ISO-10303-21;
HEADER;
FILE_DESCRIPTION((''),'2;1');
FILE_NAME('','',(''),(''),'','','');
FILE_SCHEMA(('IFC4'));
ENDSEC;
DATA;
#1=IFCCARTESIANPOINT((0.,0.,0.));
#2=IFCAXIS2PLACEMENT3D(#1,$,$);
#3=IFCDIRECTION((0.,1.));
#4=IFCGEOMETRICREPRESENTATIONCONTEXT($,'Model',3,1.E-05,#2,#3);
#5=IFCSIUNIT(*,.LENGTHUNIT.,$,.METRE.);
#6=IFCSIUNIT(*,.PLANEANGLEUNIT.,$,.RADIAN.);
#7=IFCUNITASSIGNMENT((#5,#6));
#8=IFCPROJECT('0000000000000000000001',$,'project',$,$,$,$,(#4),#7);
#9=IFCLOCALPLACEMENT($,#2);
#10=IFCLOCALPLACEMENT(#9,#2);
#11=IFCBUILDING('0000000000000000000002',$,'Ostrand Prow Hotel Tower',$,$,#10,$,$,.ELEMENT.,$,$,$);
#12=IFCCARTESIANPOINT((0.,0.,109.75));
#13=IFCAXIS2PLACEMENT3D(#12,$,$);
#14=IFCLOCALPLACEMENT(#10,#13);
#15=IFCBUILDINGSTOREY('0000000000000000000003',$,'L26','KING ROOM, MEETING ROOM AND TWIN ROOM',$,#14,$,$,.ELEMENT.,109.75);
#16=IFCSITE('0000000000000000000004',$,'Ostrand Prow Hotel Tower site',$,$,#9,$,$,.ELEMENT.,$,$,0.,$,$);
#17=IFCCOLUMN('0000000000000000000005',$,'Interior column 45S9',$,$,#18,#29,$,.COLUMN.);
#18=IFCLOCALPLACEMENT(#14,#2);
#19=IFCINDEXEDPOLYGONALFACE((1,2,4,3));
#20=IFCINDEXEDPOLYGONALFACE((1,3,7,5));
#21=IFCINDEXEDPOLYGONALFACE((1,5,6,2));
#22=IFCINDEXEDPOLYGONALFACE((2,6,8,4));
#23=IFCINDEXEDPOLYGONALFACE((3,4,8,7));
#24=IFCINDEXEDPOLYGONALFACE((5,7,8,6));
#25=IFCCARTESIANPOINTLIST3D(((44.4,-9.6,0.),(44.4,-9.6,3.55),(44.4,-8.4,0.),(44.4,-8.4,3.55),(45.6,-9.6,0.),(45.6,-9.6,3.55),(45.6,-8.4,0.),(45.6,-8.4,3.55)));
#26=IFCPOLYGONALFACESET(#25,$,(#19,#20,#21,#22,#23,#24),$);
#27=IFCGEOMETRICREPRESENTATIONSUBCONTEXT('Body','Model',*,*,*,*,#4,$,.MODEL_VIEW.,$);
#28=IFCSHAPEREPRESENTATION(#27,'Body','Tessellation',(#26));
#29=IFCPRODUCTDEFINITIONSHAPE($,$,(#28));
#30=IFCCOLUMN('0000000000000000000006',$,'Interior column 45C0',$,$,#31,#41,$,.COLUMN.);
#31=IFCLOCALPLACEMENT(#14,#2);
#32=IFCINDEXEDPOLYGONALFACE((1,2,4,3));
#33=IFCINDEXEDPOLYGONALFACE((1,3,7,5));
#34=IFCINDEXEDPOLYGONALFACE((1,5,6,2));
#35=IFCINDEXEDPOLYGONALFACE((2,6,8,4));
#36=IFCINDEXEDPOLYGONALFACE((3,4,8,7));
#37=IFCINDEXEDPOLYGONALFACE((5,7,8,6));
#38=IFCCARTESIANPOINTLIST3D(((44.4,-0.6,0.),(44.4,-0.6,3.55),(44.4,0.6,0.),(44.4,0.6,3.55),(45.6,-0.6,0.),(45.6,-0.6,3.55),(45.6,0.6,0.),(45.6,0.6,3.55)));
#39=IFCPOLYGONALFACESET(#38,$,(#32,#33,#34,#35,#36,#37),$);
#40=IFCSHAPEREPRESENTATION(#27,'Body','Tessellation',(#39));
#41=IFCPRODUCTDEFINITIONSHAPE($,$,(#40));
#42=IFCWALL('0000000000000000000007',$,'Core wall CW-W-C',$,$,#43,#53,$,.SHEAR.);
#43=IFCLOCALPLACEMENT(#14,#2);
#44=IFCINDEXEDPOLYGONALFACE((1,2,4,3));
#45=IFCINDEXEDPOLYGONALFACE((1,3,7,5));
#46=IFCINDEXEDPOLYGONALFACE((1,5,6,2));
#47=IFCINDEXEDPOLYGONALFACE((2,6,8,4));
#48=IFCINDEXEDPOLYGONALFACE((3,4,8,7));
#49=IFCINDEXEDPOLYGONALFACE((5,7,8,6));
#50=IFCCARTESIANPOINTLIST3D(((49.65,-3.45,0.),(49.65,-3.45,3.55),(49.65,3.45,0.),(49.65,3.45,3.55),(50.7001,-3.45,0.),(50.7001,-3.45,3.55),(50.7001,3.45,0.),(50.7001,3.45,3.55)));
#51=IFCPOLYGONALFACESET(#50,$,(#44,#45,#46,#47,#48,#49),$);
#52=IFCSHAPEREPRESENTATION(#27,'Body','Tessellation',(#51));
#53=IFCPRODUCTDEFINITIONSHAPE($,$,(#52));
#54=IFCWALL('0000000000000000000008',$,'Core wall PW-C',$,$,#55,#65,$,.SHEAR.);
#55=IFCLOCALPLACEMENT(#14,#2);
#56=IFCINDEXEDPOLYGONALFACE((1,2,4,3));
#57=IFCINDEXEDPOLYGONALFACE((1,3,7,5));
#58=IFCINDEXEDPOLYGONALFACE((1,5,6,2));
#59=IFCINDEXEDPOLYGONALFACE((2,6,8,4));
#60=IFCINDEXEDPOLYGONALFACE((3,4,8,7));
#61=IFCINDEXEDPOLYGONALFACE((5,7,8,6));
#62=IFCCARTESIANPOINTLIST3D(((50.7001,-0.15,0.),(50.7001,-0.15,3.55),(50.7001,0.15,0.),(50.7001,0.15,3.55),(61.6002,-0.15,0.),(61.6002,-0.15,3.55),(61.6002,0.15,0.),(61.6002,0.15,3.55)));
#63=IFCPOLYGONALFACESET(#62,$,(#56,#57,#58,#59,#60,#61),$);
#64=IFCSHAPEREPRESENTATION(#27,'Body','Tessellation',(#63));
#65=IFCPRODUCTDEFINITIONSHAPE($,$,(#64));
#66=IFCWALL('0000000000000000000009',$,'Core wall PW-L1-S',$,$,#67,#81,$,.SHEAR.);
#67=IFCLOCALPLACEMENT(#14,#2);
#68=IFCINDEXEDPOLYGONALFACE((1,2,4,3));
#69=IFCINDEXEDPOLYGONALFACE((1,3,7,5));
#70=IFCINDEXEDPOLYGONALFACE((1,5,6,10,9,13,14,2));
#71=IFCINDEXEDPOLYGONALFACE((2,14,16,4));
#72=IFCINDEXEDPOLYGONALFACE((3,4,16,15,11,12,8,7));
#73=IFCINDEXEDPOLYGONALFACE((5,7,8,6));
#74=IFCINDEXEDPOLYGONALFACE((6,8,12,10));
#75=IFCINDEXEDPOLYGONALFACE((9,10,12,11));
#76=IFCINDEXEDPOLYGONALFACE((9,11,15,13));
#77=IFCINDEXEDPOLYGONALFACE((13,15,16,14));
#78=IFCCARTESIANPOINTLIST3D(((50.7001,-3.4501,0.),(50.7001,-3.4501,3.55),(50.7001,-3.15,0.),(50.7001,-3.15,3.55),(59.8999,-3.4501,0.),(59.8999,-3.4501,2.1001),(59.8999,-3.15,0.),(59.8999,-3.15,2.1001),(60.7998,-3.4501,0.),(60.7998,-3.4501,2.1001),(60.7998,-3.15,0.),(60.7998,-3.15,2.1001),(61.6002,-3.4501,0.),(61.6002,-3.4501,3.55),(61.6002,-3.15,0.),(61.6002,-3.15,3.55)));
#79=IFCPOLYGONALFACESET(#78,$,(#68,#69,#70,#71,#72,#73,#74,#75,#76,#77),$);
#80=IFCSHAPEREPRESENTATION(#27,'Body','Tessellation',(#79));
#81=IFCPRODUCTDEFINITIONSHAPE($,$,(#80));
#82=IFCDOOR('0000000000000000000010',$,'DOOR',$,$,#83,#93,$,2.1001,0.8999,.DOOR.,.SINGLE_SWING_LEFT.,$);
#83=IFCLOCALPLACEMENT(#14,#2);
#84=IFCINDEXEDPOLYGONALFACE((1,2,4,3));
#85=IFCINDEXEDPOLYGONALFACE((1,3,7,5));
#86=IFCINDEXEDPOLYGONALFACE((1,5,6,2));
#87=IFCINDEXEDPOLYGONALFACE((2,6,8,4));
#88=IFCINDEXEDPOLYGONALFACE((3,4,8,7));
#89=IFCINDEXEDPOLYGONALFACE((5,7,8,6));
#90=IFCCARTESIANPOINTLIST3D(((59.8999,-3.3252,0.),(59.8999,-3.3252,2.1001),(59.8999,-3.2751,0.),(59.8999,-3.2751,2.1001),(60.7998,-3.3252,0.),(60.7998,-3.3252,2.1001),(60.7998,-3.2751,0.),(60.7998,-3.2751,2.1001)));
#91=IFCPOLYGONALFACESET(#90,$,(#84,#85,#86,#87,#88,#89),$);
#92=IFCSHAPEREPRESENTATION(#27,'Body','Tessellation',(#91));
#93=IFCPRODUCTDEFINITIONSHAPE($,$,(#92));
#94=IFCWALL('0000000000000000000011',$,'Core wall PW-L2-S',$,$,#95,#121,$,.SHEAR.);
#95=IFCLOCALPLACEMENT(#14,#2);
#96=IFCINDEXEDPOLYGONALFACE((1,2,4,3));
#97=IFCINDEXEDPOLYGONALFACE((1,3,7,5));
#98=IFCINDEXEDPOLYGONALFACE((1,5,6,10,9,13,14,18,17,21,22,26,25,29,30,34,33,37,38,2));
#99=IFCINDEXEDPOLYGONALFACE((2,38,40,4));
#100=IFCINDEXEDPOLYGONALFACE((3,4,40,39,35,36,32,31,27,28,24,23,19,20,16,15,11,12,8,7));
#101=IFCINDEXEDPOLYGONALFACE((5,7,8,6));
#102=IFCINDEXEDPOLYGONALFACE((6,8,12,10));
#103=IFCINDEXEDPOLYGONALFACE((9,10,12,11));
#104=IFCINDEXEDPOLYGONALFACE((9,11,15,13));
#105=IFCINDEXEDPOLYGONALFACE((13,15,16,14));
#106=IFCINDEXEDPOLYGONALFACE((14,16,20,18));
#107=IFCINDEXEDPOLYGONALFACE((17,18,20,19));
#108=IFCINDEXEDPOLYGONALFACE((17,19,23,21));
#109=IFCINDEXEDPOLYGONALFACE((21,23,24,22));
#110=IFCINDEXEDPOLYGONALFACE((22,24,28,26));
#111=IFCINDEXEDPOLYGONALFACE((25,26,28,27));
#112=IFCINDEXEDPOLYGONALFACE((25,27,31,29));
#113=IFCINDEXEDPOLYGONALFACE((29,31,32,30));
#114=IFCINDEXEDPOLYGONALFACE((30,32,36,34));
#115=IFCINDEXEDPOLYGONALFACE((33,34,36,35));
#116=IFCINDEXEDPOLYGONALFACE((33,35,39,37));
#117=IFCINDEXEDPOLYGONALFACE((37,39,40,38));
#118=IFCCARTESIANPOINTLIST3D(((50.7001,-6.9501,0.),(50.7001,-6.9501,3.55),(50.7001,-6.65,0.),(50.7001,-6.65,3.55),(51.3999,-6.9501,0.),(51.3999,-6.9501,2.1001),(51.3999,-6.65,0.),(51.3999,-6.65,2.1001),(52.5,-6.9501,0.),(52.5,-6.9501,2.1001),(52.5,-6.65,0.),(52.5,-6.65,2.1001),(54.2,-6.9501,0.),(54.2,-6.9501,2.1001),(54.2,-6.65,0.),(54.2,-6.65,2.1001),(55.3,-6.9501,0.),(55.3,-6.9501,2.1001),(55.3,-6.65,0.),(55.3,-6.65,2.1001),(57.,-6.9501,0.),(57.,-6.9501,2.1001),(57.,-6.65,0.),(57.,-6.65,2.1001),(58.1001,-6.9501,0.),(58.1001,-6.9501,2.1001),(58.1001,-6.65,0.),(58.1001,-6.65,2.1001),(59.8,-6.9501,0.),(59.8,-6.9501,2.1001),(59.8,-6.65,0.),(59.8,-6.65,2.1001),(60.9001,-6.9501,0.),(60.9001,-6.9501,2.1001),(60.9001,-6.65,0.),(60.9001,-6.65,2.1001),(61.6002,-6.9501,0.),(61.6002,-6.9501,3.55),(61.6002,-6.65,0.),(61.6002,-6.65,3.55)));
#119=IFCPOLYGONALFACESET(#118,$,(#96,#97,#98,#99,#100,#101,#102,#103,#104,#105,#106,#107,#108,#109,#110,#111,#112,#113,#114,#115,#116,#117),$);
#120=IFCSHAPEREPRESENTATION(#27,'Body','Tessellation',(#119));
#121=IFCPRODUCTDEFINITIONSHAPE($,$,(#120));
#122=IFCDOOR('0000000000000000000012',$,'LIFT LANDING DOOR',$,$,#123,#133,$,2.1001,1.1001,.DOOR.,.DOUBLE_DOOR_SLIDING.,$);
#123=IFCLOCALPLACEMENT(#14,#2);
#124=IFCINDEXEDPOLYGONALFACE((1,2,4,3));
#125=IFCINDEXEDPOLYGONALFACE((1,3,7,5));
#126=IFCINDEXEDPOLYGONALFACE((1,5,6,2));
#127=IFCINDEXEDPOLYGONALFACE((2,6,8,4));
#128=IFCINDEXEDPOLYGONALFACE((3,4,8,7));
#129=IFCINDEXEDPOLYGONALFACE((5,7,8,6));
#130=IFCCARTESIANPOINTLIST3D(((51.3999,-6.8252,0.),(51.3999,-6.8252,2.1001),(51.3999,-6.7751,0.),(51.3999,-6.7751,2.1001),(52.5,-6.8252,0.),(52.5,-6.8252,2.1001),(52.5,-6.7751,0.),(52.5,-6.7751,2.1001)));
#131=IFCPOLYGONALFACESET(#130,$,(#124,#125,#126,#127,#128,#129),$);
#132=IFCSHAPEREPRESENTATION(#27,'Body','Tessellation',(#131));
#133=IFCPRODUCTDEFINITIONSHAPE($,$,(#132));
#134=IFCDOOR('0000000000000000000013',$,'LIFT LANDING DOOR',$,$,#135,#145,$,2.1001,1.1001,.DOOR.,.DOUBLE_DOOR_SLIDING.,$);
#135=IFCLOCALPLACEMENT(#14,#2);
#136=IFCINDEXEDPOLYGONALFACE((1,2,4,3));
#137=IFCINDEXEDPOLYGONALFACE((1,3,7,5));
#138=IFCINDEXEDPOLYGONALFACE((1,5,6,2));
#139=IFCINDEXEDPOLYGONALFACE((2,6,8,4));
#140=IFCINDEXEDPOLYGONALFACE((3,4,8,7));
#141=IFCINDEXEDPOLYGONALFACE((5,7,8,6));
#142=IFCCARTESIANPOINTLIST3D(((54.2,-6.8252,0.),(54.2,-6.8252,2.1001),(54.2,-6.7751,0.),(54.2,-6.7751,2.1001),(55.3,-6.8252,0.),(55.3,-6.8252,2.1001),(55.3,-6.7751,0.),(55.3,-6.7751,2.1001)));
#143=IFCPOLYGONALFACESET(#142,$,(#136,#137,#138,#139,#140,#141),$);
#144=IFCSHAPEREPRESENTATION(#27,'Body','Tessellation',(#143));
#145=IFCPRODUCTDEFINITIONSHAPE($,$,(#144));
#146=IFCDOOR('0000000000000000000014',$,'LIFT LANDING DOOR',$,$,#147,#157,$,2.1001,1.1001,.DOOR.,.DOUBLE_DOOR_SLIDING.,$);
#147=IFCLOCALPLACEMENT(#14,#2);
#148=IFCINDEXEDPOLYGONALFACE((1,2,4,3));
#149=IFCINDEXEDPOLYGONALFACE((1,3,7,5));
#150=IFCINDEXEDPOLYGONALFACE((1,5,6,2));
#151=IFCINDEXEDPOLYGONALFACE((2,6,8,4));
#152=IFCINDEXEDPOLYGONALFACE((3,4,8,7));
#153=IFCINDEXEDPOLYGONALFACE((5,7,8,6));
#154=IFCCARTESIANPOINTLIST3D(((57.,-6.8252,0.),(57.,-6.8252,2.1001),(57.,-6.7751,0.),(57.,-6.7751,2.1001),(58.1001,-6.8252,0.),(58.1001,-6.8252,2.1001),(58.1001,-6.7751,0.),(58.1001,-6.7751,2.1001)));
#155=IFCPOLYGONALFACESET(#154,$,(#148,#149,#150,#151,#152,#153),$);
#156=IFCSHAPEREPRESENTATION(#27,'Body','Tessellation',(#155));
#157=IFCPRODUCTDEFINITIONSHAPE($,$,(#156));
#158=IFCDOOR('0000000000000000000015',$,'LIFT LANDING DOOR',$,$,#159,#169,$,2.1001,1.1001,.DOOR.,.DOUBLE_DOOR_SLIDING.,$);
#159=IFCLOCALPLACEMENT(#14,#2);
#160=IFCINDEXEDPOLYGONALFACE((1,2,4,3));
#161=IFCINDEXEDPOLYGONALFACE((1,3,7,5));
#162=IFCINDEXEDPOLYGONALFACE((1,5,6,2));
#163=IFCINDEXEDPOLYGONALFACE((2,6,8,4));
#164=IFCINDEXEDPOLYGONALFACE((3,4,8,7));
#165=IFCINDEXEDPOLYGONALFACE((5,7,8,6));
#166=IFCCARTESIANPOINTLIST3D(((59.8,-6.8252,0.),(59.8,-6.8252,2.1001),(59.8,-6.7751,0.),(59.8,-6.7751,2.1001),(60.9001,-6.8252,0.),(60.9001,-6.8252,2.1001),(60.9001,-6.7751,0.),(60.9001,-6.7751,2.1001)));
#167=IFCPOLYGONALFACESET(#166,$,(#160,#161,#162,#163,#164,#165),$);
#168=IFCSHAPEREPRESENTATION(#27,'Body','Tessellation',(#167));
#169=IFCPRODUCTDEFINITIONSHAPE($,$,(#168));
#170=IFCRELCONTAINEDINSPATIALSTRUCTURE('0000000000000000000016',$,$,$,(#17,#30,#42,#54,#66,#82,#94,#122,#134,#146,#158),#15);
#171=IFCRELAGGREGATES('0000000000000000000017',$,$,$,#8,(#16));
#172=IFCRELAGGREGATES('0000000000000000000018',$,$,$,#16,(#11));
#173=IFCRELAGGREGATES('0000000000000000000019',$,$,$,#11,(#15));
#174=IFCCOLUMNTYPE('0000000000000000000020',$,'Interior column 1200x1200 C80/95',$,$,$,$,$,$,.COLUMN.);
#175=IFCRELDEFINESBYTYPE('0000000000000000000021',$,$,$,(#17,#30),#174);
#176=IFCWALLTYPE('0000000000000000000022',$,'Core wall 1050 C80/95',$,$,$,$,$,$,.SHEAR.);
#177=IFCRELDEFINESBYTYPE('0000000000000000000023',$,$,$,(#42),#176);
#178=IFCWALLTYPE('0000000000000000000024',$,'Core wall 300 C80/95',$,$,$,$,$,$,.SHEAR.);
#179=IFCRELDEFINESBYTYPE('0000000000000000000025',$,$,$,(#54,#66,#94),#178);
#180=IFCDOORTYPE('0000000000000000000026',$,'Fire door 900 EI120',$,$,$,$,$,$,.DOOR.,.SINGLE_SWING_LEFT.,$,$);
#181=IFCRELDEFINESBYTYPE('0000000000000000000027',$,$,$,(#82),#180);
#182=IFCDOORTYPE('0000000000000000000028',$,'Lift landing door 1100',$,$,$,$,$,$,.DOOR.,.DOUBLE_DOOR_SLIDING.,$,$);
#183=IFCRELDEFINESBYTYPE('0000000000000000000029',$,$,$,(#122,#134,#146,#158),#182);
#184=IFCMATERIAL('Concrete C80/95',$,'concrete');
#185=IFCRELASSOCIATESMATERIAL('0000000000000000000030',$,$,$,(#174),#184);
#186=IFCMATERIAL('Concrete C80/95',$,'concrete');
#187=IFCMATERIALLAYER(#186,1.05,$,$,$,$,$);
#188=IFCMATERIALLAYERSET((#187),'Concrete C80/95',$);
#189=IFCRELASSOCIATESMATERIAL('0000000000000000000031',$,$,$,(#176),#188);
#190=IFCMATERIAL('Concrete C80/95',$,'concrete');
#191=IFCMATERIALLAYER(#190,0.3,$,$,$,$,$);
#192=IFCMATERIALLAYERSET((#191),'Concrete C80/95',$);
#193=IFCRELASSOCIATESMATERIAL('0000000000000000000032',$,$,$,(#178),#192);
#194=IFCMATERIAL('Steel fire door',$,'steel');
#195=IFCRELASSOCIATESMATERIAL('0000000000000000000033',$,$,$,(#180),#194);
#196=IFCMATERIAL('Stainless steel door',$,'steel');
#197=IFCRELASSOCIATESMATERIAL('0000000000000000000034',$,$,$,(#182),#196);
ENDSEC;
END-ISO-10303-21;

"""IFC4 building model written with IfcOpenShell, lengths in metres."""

from ifc_helpers import new_model, si_unit, direction, frame, frame_2d, origin, origin_2d, place, context, subcontext, project, spatial, rectangle, extrude, material, layer, layer_set, material_profile, profile_set, type_object, element, fill, save


model = new_model("IFC4")

# Units and contexts
model_context = context("Model", 3, precision=1e-05, world=origin(), true_north=direction((0.0, 1.0)))
body_context = subcontext(model_context, "Body", "Model", "MODEL_VIEW")
ifc_project = project(units=[si_unit("LENGTHUNIT", "METRE"), si_unit("PLANEANGLEUNIT", "RADIAN")], contexts=[model_context])

# Site, building, storey
site_placement = place(None, origin())
site = spatial("IfcSite", under=ifc_project, at=site_placement, Name="Ostrand Prow Hotel Tower site", CompositionType="ELEMENT", RefElevation=0.0)
building_placement = place(site_placement, origin())
building = spatial("IfcBuilding", under=site, at=building_placement, Name="Ostrand Prow Hotel Tower", CompositionType="ELEMENT")
storey_placement = place(building_placement, frame((0.0, 0.0, 109.75)))
storey = spatial("IfcBuildingStorey", under=building, at=storey_placement, Name="L26", Description="KING ROOM, MEETING ROOM AND TWIN ROOM", CompositionType="ELEMENT", Elevation=109.75)

# Columns
ifc_material_1 = material(Name="Concrete C80/95", Category="concrete")
ifc_material_profile = material_profile(ifc_material_1, rectangle(XDim=1.2, YDim=1.2, at=origin_2d()), Name="RC 1200x1200")
ifc_profile_set = profile_set([ifc_material_profile], Name="Concrete C80/95")
column_type = type_object("IfcColumnType", Name="Interior column 1200x1200 C80/95", PredefinedType="COLUMN", material=ifc_profile_set)
for number, where, z_axis, x_axis, name in (
    (1, (45.0, -9.0, 0.0), (0.0, 0.0, 1.0), (1.0, 0.0, 0.0), "Interior column 45S9"),
    (2, (45.0, 0.0, 0.0), (0.0, 0.0, 1.0), (1.0, 0.0, 0.0), "Interior column 45C0"),
):
    element("IfcColumn", number, at=place(storey_placement, frame(where, z_axis=z_axis, x_axis=x_axis)), inside=storey, type_object=column_type, Name=name, PredefinedType="COLUMN", context=body_context, shape_type="SweptSolid", body=[
        extrude(rectangle(XDim=1.2, YDim=1.2, at=origin_2d()), origin(), (0.0, 0.0, 1.0), 3.55),
    ])

# Walls
ifc_material_2 = material(Name="Concrete C80/95", Category="concrete")
ifc_layer_1 = layer(ifc_material_2, 1.05)
ifc_layer_set_1 = layer_set([ifc_layer_1], Name="Concrete C80/95")
wall_type_1 = type_object("IfcWallType", Name="Core wall 1050 C80/95", PredefinedType="SHEAR", material=ifc_layer_set_1)
wall_1_placement = place(storey_placement, frame((50.175, -3.45, 0.0), z_axis=(0.0, 0.0, 1.0), x_axis=(0.0, 1.0, 0.0)))
element("IfcWall", 3, at=wall_1_placement, inside=storey, type_object=wall_type_1, Name="Core wall CW-W-C", PredefinedType="SHEAR", context=body_context, shape_type="SweptSolid", body=[
    extrude(rectangle(XDim=6.8999, YDim=1.05, at=frame_2d((3.45, 0.0))), origin(), (0.0, 0.0, 1.0), 3.55),
])
ifc_material_3 = material(Name="Concrete C80/95", Category="concrete")
ifc_layer_2 = layer(ifc_material_3, 0.3)
ifc_layer_set_2 = layer_set([ifc_layer_2], Name="Concrete C80/95")
wall_type_2 = type_object("IfcWallType", Name="Core wall 300 C80/95", PredefinedType="SHEAR", material=ifc_layer_set_2)
wall_2_placement = place(storey_placement, frame((50.7, 0.0, 0.0), z_axis=(0.0, 0.0, 1.0), x_axis=(1.0, 0.0, 0.0)))
element("IfcWall", 4, at=wall_2_placement, inside=storey, type_object=wall_type_2, Name="Core wall PW-C", PredefinedType="SHEAR", context=body_context, shape_type="SweptSolid", body=[
    extrude(rectangle(XDim=10.9001, YDim=0.3, at=frame_2d((5.4502, 0.0))), origin(), (0.0, 0.0, 1.0), 3.55),
])

# Wall, opening, door
wall_3_placement = place(storey_placement, frame((50.7, -3.3, 0.0), z_axis=(0.0, 0.0, 1.0), x_axis=(1.0, 0.0, 0.0)))
wall_3 = element("IfcWall", 5, at=wall_3_placement, inside=storey, type_object=wall_type_2, Name="Core wall PW-L1-S", PredefinedType="SHEAR", context=body_context, shape_type="SweptSolid", body=[
    extrude(rectangle(XDim=10.9001, YDim=0.3, at=frame_2d((5.4502, 0.0))), origin(), (0.0, 0.0, 1.0), 3.55),
])
opening_1_placement = place(wall_3_placement, frame((9.2, 0.0, 0.0)))
opening_1 = element("IfcOpeningElement", 6, at=opening_1_placement, cuts=wall_3, PredefinedType="OPENING", context=body_context, shape_type="SweptSolid", body=[
    extrude(rectangle(XDim=0.8999, YDim=2.1001, at=frame_2d((0.45, 1.05))), frame((0.0, 0.1599, 0.0), z_axis=(0.0, -1.0, 0.0), x_axis=(1.0, 0.0, 0.0)), (0.0, 0.0, 1.0), 0.3201),
])
ifc_material_4 = material(Name="Steel fire door", Category="steel")
door_type_1 = type_object("IfcDoorType", Name="Fire door 900 EI120", OperationType="SINGLE_SWING_LEFT", PredefinedType="DOOR", material=ifc_material_4)
door_1_placement = place(opening_1_placement, origin())
door_1 = element("IfcDoor", 7, at=door_1_placement, inside=storey, type_object=door_type_1, Name="DOOR", OperationType="SINGLE_SWING_LEFT", OverallHeight=2.1001, OverallWidth=0.8999, PredefinedType="DOOR", context=body_context, shape_type="SweptSolid", body=[
    extrude(rectangle(XDim=0.8999, YDim=2.1001, at=frame_2d((0.45, 1.05))), frame((0.0, 0.0249, 0.0), z_axis=(0.0, -1.0, 0.0), x_axis=(1.0, 0.0, 0.0)), (0.0, 0.0, 1.0), 0.05),
])
fill(opening_1, door_1)

# Wall, openings, doors
wall_4_placement = place(storey_placement, frame((50.7, -6.8, 0.0), z_axis=(0.0, 0.0, 1.0), x_axis=(1.0, 0.0, 0.0)))
wall_4 = element("IfcWall", 8, at=wall_4_placement, inside=storey, type_object=wall_type_2, Name="Core wall PW-L2-S", PredefinedType="SHEAR", context=body_context, shape_type="SweptSolid", body=[
    extrude(rectangle(XDim=10.9001, YDim=0.3, at=frame_2d((5.4502, 0.0))), origin(), (0.0, 0.0, 1.0), 3.55),
])
opening_2_placement = place(wall_4_placement, frame((0.7, 0.0, 0.0)))
opening_2 = element("IfcOpeningElement", 9, at=opening_2_placement, cuts=wall_4, PredefinedType="OPENING", context=body_context, shape_type="SweptSolid", body=[
    extrude(rectangle(XDim=1.1001, YDim=2.1001, at=frame_2d((0.55, 1.05))), frame((0.0, 0.1599, 0.0), z_axis=(0.0, -1.0, 0.0), x_axis=(1.0, 0.0, 0.0)), (0.0, 0.0, 1.0), 0.3201),
])
opening_3_placement = place(wall_4_placement, frame((3.5, 0.0, 0.0)))
opening_3 = element("IfcOpeningElement", 10, at=opening_3_placement, cuts=wall_4, PredefinedType="OPENING", context=body_context, shape_type="SweptSolid", body=[
    extrude(rectangle(XDim=1.1001, YDim=2.1001, at=frame_2d((0.55, 1.05))), frame((0.0, 0.1599, 0.0), z_axis=(0.0, -1.0, 0.0), x_axis=(1.0, 0.0, 0.0)), (0.0, 0.0, 1.0), 0.3201),
])
opening_4_placement = place(wall_4_placement, frame((6.3, 0.0, 0.0)))
opening_4 = element("IfcOpeningElement", 11, at=opening_4_placement, cuts=wall_4, PredefinedType="OPENING", context=body_context, shape_type="SweptSolid", body=[
    extrude(rectangle(XDim=1.1001, YDim=2.1001, at=frame_2d((0.55, 1.05))), frame((0.0, 0.1599, 0.0), z_axis=(0.0, -1.0, 0.0), x_axis=(1.0, 0.0, 0.0)), (0.0, 0.0, 1.0), 0.3201),
])
opening_5_placement = place(wall_4_placement, frame((9.1001, 0.0, 0.0)))
opening_5 = element("IfcOpeningElement", 12, at=opening_5_placement, cuts=wall_4, PredefinedType="OPENING", context=body_context, shape_type="SweptSolid", body=[
    extrude(rectangle(XDim=1.1001, YDim=2.1001, at=frame_2d((0.55, 1.05))), frame((0.0, 0.1599, 0.0), z_axis=(0.0, -1.0, 0.0), x_axis=(1.0, 0.0, 0.0)), (0.0, 0.0, 1.0), 0.3201),
])
ifc_material_5 = material(Name="Stainless steel door", Category="steel")
door_type_2 = type_object("IfcDoorType", Name="Lift landing door 1100", OperationType="DOUBLE_DOOR_SLIDING", PredefinedType="DOOR", material=ifc_material_5)
door_2_placement = place(opening_2_placement, origin())
door_2 = element("IfcDoor", 13, at=door_2_placement, inside=storey, type_object=door_type_2, Name="LIFT LANDING DOOR", OperationType="DOUBLE_DOOR_SLIDING", OverallHeight=2.1001, OverallWidth=1.1001, PredefinedType="DOOR", context=body_context, shape_type="SweptSolid", body=[
    extrude(rectangle(XDim=1.1001, YDim=2.1001, at=frame_2d((0.55, 1.05))), frame((0.0, 0.0249, 0.0), z_axis=(0.0, -1.0, 0.0), x_axis=(1.0, 0.0, 0.0)), (0.0, 0.0, 1.0), 0.05),
])
fill(opening_2, door_2)
door_3_placement = place(opening_3_placement, origin())
door_3 = element("IfcDoor", 14, at=door_3_placement, inside=storey, type_object=door_type_2, Name="LIFT LANDING DOOR", OperationType="DOUBLE_DOOR_SLIDING", OverallHeight=2.1001, OverallWidth=1.1001, PredefinedType="DOOR", context=body_context, shape_type="SweptSolid", body=[
    extrude(rectangle(XDim=1.1001, YDim=2.1001, at=frame_2d((0.55, 1.05))), frame((0.0, 0.0249, 0.0), z_axis=(0.0, -1.0, 0.0), x_axis=(1.0, 0.0, 0.0)), (0.0, 0.0, 1.0), 0.05),
])
fill(opening_3, door_3)
door_4_placement = place(opening_4_placement, origin())
door_4 = element("IfcDoor", 15, at=door_4_placement, inside=storey, type_object=door_type_2, Name="LIFT LANDING DOOR", OperationType="DOUBLE_DOOR_SLIDING", OverallHeight=2.1001, OverallWidth=1.1001, PredefinedType="DOOR", context=body_context, shape_type="SweptSolid", body=[
    extrude(rectangle(XDim=1.1001, YDim=2.1001, at=frame_2d((0.55, 1.05))), frame((0.0, 0.0249, 0.0), z_axis=(0.0, -1.0, 0.0), x_axis=(1.0, 0.0, 0.0)), (0.0, 0.0, 1.0), 0.05),
])
fill(opening_4, door_4)
door_5_placement = place(opening_5_placement, origin())
door_5 = element("IfcDoor", 16, at=door_5_placement, inside=storey, type_object=door_type_2, Name="LIFT LANDING DOOR", OperationType="DOUBLE_DOOR_SLIDING", OverallHeight=2.1001, OverallWidth=1.1001, PredefinedType="DOOR", context=body_context, shape_type="SweptSolid", body=[
    extrude(rectangle(XDim=1.1001, YDim=2.1001, at=frame_2d((0.55, 1.05))), frame((0.0, 0.0249, 0.0), z_axis=(0.0, -1.0, 0.0), x_axis=(1.0, 0.0, 0.0)), (0.0, 0.0, 1.0), 0.05),
])
fill(opening_5, door_5)

save(model, "model.ifc")
